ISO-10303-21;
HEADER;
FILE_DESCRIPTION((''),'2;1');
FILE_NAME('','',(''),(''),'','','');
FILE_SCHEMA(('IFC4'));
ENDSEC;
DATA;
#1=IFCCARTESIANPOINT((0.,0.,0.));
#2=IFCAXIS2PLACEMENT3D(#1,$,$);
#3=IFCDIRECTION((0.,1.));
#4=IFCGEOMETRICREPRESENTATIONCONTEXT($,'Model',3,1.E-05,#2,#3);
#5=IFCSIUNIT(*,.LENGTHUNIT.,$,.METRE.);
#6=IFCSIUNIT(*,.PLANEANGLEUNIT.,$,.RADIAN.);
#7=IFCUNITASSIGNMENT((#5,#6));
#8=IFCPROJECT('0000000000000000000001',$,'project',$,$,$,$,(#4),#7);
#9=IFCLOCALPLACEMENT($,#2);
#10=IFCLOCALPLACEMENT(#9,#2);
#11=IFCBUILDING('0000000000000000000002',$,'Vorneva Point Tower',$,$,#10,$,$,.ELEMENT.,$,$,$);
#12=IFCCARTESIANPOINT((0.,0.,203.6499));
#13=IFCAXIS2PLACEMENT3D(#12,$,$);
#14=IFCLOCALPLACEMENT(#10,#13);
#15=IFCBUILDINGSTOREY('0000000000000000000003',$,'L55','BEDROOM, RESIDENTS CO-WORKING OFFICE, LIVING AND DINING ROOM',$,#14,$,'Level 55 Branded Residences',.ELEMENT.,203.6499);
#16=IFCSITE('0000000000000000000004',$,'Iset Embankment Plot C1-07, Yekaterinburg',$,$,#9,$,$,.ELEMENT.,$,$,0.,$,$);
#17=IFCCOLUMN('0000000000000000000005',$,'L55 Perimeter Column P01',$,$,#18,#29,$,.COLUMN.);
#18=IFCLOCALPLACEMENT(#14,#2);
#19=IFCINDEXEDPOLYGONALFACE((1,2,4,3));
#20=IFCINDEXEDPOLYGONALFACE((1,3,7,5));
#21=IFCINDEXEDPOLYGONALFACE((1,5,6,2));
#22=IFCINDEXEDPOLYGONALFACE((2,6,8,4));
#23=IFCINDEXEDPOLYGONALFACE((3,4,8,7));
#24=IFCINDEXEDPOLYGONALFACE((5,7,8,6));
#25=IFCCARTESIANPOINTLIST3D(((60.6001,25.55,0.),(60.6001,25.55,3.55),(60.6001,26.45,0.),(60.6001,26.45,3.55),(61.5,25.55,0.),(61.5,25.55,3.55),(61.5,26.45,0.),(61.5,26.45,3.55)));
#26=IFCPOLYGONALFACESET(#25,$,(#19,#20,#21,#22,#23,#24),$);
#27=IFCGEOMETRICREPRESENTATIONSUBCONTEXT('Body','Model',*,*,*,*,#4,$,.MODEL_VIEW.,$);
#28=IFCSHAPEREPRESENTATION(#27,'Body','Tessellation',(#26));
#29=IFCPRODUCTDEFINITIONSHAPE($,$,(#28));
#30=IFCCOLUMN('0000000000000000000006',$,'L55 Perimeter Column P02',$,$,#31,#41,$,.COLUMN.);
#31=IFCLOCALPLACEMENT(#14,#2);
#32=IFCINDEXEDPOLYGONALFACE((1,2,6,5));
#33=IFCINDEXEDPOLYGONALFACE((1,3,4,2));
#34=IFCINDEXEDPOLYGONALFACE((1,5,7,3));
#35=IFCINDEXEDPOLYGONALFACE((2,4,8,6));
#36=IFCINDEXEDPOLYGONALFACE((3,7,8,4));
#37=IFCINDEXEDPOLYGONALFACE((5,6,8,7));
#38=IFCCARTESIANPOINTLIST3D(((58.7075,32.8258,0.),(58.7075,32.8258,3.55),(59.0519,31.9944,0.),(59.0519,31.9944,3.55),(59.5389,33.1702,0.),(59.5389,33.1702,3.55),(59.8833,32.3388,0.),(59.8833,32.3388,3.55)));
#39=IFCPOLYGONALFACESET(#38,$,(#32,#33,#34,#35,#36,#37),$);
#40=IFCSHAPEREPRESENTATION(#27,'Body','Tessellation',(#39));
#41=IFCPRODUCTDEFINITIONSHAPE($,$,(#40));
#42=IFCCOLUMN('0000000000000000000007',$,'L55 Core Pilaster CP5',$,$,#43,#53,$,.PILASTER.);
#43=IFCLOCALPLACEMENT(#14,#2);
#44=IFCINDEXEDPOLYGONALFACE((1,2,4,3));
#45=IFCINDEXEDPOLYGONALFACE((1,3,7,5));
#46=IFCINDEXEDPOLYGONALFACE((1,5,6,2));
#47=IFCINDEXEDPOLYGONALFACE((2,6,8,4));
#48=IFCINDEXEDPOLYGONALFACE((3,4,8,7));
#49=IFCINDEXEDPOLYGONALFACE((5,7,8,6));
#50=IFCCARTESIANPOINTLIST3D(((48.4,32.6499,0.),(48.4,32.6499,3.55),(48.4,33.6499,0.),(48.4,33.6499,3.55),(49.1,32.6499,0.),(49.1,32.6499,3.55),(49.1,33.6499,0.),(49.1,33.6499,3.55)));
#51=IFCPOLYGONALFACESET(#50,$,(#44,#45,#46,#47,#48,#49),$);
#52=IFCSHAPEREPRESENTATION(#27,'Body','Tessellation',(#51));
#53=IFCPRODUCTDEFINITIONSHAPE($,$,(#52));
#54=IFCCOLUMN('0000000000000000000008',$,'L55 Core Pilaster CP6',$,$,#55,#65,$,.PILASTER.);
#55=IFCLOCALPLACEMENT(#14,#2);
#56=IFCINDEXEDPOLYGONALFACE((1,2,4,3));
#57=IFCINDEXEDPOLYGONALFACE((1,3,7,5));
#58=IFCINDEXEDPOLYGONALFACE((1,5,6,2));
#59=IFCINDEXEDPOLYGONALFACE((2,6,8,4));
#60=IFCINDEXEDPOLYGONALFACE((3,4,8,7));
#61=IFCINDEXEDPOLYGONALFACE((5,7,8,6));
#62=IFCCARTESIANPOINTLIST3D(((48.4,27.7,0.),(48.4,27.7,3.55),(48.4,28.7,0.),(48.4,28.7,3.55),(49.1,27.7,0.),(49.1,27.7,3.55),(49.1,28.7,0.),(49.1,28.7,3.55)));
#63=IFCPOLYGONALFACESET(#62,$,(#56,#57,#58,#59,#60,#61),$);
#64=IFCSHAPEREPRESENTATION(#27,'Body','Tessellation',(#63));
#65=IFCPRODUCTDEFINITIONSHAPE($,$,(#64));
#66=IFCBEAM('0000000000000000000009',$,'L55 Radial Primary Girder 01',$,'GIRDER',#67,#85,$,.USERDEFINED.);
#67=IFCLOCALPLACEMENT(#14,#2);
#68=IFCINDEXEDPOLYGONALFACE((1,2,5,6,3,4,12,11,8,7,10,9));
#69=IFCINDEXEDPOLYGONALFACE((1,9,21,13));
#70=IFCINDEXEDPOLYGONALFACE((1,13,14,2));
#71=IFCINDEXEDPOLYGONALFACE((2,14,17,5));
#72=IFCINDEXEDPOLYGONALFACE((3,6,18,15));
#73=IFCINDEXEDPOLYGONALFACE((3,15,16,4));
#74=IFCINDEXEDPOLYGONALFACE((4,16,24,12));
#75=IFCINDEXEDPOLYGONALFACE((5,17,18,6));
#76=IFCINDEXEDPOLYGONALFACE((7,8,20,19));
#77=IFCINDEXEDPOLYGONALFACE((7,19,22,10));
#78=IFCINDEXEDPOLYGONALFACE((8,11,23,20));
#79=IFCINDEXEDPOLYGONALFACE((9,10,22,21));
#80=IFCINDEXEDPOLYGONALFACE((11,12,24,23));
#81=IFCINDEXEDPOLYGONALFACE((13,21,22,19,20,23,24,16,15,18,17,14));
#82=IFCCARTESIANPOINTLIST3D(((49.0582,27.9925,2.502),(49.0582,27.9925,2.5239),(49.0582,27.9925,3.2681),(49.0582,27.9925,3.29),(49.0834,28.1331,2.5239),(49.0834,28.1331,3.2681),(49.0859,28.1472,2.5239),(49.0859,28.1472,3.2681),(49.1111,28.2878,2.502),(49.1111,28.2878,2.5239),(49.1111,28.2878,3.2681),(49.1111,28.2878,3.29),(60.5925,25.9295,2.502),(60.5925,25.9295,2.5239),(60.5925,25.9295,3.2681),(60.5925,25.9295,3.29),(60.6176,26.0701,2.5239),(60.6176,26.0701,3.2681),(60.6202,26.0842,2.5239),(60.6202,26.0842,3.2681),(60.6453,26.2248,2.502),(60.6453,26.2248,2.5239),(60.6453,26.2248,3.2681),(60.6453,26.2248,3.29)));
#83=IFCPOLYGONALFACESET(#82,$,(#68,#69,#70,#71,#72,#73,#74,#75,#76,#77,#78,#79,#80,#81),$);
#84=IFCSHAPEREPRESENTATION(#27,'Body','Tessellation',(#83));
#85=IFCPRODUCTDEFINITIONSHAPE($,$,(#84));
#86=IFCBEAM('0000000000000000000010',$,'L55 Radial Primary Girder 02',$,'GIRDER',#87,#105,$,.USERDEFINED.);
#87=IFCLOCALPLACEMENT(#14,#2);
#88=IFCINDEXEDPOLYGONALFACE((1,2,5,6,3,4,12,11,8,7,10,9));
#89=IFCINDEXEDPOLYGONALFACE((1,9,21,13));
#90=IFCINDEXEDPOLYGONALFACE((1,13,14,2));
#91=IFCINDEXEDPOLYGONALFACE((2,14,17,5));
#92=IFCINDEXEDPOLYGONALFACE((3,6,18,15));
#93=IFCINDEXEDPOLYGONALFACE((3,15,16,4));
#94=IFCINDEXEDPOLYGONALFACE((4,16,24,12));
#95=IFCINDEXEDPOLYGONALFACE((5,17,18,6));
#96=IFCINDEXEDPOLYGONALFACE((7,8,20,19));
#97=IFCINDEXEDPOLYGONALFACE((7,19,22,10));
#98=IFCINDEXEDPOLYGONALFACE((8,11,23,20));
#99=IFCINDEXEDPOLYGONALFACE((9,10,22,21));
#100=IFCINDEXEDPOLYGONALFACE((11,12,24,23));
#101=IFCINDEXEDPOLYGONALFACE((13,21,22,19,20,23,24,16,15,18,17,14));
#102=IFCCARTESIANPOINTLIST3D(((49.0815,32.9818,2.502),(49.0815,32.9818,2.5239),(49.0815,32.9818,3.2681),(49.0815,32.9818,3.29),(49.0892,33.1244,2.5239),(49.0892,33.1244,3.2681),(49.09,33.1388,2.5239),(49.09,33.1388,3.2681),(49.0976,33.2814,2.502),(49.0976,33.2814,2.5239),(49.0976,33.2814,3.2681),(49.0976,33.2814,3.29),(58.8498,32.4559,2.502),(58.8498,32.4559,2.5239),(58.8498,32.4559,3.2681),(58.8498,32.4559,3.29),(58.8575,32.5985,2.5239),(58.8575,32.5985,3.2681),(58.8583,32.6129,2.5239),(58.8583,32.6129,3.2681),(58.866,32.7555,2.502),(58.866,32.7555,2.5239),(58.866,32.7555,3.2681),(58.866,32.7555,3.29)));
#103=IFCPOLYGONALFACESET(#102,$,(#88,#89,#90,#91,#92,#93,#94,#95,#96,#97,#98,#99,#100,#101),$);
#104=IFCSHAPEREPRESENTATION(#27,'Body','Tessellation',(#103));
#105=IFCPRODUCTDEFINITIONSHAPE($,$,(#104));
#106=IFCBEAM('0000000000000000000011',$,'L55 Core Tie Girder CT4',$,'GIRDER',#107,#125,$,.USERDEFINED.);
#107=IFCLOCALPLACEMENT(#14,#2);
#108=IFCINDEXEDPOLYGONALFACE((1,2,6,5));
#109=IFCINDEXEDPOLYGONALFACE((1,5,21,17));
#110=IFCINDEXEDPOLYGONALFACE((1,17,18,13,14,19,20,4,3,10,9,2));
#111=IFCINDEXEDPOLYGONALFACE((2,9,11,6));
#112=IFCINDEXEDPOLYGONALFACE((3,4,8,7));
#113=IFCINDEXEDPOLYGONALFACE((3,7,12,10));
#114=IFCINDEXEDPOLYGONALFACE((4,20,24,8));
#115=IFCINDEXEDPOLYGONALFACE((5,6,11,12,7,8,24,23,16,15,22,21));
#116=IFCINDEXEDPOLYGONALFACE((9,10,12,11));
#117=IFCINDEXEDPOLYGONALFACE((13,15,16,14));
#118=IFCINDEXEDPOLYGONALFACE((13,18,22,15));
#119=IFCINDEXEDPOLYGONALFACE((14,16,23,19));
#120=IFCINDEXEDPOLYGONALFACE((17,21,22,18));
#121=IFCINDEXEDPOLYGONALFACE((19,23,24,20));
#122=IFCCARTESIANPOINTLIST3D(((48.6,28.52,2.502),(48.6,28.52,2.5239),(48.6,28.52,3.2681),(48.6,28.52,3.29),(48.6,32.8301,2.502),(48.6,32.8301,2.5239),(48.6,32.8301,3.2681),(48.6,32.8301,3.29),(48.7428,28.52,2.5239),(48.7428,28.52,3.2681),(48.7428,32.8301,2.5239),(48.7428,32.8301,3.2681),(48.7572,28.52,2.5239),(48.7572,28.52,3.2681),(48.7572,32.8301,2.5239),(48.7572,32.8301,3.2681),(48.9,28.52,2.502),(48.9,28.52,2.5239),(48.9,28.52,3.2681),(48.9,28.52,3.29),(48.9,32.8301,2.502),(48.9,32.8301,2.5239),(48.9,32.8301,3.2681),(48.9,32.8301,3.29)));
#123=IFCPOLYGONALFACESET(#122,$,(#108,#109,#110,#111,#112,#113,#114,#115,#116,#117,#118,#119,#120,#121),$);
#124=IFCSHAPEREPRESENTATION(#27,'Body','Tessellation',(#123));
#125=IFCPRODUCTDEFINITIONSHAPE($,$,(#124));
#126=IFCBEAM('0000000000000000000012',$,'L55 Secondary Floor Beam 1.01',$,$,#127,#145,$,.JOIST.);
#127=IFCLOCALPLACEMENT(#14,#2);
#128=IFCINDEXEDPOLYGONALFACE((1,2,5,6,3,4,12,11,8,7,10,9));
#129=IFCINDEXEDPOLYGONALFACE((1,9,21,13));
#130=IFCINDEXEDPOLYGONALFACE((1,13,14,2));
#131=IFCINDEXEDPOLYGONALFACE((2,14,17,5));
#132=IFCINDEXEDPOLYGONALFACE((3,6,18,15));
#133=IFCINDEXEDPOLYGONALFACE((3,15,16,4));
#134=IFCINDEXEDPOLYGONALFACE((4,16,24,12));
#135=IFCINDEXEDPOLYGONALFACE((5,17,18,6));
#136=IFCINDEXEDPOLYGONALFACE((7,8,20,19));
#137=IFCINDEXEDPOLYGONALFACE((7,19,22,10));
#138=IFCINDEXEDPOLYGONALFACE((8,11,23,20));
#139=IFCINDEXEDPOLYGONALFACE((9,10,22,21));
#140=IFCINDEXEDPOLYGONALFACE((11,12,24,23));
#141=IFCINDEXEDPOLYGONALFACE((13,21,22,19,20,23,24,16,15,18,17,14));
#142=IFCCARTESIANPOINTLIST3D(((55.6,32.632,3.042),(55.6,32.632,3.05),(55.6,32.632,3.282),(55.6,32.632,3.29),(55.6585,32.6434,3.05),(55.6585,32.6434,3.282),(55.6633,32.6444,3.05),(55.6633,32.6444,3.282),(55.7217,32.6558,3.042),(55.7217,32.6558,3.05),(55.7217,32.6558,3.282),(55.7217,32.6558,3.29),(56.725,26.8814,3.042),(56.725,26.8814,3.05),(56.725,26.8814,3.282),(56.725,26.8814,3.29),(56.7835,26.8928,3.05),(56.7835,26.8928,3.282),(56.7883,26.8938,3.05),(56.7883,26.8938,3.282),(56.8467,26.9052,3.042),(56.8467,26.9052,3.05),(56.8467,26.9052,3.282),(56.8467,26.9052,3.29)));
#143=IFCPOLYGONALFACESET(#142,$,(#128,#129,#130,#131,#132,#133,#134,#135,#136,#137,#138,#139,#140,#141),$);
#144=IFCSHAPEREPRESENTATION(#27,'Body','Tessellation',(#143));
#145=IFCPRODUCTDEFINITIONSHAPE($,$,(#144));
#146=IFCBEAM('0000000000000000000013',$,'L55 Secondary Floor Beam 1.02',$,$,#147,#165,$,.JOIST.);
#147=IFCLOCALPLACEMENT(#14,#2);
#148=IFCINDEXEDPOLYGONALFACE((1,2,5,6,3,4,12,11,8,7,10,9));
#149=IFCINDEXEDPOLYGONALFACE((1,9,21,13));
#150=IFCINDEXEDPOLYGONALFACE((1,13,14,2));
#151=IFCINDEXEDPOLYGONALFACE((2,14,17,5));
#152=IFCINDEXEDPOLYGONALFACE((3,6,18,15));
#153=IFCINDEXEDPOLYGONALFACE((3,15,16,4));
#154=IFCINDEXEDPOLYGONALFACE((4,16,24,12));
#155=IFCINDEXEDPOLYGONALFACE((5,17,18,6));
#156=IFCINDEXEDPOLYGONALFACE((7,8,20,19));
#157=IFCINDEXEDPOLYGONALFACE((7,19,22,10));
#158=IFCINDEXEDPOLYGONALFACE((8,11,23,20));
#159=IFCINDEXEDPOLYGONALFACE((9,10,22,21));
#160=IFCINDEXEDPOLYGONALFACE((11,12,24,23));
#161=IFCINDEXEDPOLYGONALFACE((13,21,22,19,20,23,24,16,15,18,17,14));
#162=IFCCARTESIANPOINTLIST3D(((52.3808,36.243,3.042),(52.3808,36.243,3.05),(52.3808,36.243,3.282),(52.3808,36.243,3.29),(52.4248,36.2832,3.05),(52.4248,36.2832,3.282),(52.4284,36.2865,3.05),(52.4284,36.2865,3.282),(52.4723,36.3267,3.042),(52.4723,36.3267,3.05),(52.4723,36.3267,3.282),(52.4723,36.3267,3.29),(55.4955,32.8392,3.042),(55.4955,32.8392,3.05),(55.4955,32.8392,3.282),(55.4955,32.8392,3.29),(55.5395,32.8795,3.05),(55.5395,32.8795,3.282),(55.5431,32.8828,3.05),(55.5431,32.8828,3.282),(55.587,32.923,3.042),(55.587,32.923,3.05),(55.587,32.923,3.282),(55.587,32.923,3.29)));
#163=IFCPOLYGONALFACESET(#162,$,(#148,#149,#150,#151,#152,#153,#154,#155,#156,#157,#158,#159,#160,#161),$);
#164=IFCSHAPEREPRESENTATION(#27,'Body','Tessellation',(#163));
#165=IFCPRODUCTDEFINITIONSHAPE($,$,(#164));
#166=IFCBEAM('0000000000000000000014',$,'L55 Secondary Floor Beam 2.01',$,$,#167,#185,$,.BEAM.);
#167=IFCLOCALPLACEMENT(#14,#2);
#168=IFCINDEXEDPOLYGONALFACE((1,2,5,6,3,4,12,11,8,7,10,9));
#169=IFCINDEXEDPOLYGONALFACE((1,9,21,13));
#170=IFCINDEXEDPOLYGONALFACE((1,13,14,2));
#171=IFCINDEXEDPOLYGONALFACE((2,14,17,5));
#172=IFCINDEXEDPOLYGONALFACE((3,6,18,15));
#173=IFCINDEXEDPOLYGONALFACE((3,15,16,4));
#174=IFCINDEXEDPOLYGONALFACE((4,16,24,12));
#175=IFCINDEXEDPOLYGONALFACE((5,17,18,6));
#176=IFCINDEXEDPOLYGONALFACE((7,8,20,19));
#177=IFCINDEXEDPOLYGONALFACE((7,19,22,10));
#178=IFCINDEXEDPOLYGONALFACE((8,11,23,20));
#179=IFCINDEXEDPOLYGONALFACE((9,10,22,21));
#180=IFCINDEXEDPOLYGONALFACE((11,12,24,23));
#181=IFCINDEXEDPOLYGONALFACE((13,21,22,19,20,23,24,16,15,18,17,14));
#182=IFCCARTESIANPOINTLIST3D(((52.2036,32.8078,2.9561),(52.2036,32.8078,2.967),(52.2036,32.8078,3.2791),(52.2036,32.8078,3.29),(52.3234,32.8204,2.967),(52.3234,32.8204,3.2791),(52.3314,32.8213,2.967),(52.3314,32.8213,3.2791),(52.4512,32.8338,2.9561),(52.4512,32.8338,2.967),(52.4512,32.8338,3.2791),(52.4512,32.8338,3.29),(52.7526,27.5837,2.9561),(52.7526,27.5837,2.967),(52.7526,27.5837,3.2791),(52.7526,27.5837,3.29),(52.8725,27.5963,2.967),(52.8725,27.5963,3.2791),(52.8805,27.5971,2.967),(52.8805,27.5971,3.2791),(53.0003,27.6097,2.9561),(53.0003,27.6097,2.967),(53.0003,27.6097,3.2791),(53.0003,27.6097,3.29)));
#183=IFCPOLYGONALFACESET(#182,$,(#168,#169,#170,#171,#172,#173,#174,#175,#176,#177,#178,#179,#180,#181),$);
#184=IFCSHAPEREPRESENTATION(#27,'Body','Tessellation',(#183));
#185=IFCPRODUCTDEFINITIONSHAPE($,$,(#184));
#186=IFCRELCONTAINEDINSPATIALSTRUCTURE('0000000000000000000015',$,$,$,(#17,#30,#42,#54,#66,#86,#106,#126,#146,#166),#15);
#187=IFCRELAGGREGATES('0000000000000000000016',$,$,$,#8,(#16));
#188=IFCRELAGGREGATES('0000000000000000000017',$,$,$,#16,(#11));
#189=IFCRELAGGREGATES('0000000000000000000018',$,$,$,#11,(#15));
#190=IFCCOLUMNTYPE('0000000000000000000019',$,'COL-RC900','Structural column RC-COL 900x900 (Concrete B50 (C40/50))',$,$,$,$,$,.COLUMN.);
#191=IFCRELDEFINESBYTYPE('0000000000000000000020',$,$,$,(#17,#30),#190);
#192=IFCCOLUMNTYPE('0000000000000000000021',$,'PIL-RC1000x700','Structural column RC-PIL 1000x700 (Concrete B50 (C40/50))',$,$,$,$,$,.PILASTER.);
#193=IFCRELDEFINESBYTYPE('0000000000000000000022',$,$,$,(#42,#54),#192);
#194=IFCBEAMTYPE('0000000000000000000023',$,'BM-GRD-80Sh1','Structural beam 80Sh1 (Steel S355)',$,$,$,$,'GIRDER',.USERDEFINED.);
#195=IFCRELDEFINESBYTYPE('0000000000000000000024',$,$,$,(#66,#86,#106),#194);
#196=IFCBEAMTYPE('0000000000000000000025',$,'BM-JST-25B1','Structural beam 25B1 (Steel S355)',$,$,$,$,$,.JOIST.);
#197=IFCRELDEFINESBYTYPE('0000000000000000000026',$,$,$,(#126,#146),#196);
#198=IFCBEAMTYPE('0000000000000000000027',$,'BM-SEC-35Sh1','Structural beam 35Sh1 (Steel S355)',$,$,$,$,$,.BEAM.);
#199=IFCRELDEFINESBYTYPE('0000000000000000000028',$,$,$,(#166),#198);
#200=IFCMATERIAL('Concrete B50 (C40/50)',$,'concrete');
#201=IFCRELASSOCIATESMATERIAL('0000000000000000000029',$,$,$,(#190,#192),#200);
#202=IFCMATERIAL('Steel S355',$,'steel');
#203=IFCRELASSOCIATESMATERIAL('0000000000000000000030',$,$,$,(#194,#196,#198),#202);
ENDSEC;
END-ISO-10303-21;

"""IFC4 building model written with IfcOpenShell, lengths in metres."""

from ifc_helpers import new_model, si_unit, direction, frame, origin, origin_2d, place, context, subcontext, project, spatial, rectangle, i_section, extrude, material, material_profile, profile_set, type_object, element, save


model = new_model("IFC4")

# Units and contexts
model_context = context("Model", 3, precision=1e-05, world=origin(), true_north=direction((0.0, 1.0)))
body_context = subcontext(model_context, "Body", "Model", "MODEL_VIEW")
ifc_project = project(units=[si_unit("LENGTHUNIT", "METRE"), si_unit("PLANEANGLEUNIT", "RADIAN")], contexts=[model_context])

# Site, building, storey
site_placement = place(None, origin())
site = spatial("IfcSite", under=ifc_project, at=site_placement, Name="Iset Embankment Plot C1-07, Yekaterinburg", CompositionType="ELEMENT", RefElevation=0.0)
building_placement = place(site_placement, origin())
building = spatial("IfcBuilding", under=site, at=building_placement, Name="Vorneva Point Tower", CompositionType="ELEMENT")
storey_placement = place(building_placement, frame((0.0, 0.0, 203.6499)))
storey = spatial("IfcBuildingStorey", under=building, at=storey_placement, Name="L55", Description="BEDROOM, RESIDENTS CO-WORKING OFFICE, LIVING AND DINING ROOM", LongName="Level 55 Branded Residences", CompositionType="ELEMENT", Elevation=203.6499)

# Columns
ifc_material_1 = material(Name="Concrete B50 (C40/50)", Category="concrete")
ifc_material_profile_1 = material_profile(ifc_material_1, rectangle(XDim=0.8999, YDim=0.8999, at=origin_2d()), Name="RC-COL 900x900")
ifc_profile_set_1 = profile_set([ifc_material_profile_1], Name="Concrete B50 (C40/50)")
column_type_1 = type_object("IfcColumnType", Name="COL-RC900", Description="Structural column RC-COL 900x900 (Concrete B50 (C40/50))", PredefinedType="COLUMN", material=ifc_profile_set_1)
for number, where, z_axis, x_axis, name in (
    (1, (61.05, 26.0, 0.0), (0.0, 0.0, 1.0), (1.0, 0.0, 0.0), "L55 Perimeter Column P01"),
    (2, (59.2954, 32.5823, 0.0), (0.0, 0.0, 1.0), (0.92388, 0.382683, 0.0), "L55 Perimeter Column P02"),
):
    element("IfcColumn", number, at=place(storey_placement, frame(where, z_axis=z_axis, x_axis=x_axis)), inside=storey, type_object=column_type_1, Name=name, PredefinedType="COLUMN", context=body_context, shape_type="SweptSolid", body=[
        extrude(rectangle(XDim=0.8999, YDim=0.8999, at=origin_2d()), origin(), (0.0, 0.0, 1.0), 3.55),
    ])
ifc_material_profile_2 = material_profile(ifc_material_1, rectangle(XDim=0.7, YDim=1.0, at=origin_2d()), Name="RC-PIL 1000x700")
ifc_profile_set_2 = profile_set([ifc_material_profile_2], Name="Concrete B50 (C40/50)")
column_type_2 = type_object("IfcColumnType", Name="PIL-RC1000x700", Description="Structural column RC-PIL 1000x700 (Concrete B50 (C40/50))", PredefinedType="PILASTER", material=ifc_profile_set_2)
for number, where, z_axis, x_axis, name in (
    (3, (48.75, 33.1499, 0.0), (0.0, 0.0, 1.0), (1.0, 0.0, 0.0), "L55 Core Pilaster CP5"),
    (4, (48.75, 28.2, 0.0), (0.0, 0.0, 1.0), (1.0, 0.0, 0.0), "L55 Core Pilaster CP6"),
):
    element("IfcColumn", number, at=place(storey_placement, frame(where, z_axis=z_axis, x_axis=x_axis)), inside=storey, type_object=column_type_2, Name=name, PredefinedType="PILASTER", context=body_context, shape_type="SweptSolid", body=[
        extrude(rectangle(XDim=0.7, YDim=1.0, at=origin_2d()), origin(), (0.0, 0.0, 1.0), 3.55),
    ])

# Beams
ifc_material_2 = material(Name="Steel S355", Category="steel")
ifc_material_profile_3 = material_profile(ifc_material_2, i_section(OverallWidth=0.3, OverallDepth=0.7881, WebThickness=0.0144, FlangeThickness=0.022, at=origin_2d()), Name="80Sh1")
ifc_profile_set_3 = profile_set([ifc_material_profile_3], Name="Steel S355")
beam_type_1 = type_object("IfcBeamType", Name="BM-GRD-80Sh1", Description="Structural beam 80Sh1 (Steel S355)", ElementType="GIRDER", PredefinedType="USERDEFINED", material=ifc_profile_set_3)
beam_1_placement = place(storey_placement, frame((60.6189, 26.0771, 2.896), z_axis=(-0.984379, 0.176065, 0.0), x_axis=(-0.176065, -0.984379, 0.0)))
element("IfcBeam", 5, at=beam_1_placement, inside=storey, type_object=beam_type_1, Name="L55 Radial Primary Girder 01", ObjectType="GIRDER", PredefinedType="USERDEFINED", context=body_context, shape_type="SweptSolid", body=[
    extrude(i_section(OverallWidth=0.3, OverallDepth=0.7881, WebThickness=0.0144, FlangeThickness=0.022, at=origin_2d()), origin(), (0.0, 0.0, 1.0), 11.7173),
])
beam_2_placement = place(storey_placement, frame((58.8579, 32.6057, 2.896), z_axis=(-0.998554, 0.053757, 0.0), x_axis=(-0.053757, -0.998554, 0.0)))
element("IfcBeam", 6, at=beam_2_placement, inside=storey, type_object=beam_type_1, Name="L55 Radial Primary Girder 02", ObjectType="GIRDER", PredefinedType="USERDEFINED", context=body_context, shape_type="SweptSolid", body=[
    extrude(i_section(OverallWidth=0.3, OverallDepth=0.7881, WebThickness=0.0144, FlangeThickness=0.022, at=origin_2d()), origin(), (0.0, 0.0, 1.0), 9.7825),
])
beam_3_placement = place(storey_placement, frame((48.75, 28.52, 2.896), z_axis=(0.0, 1.0, 0.0), x_axis=(-1.0, 0.0, 0.0)))
element("IfcBeam", 7, at=beam_3_placement, inside=storey, type_object=beam_type_1, Name="L55 Core Tie Girder CT4", ObjectType="GIRDER", PredefinedType="USERDEFINED", context=body_context, shape_type="SweptSolid", body=[
    extrude(i_section(OverallWidth=0.3, OverallDepth=0.7881, WebThickness=0.0144, FlangeThickness=0.022, at=origin_2d()), origin(), (0.0, 0.0, 1.0), 4.3101),
])
ifc_material_profile_4 = material_profile(ifc_material_2, i_section(OverallWidth=0.124, OverallDepth=0.248, WebThickness=0.0049, FlangeThickness=0.0081, at=origin_2d()), Name="25B1")
ifc_profile_set_4 = profile_set([ifc_material_profile_4], Name="Steel S355")
beam_type_2 = type_object("IfcBeamType", Name="BM-JST-25B1", Description="Structural beam 25B1 (Steel S355)", PredefinedType="JOIST", material=ifc_profile_set_4)
beam_4_placement = place(storey_placement, frame((56.7859, 26.8933, 3.166), z_axis=(-0.191996, 0.981396, 0.0), x_axis=(-0.981396, -0.191996, 0.0)))
element("IfcBeam", 8, at=beam_4_placement, inside=storey, type_object=beam_type_2, Name="L55 Secondary Floor Beam 1.01", PredefinedType="JOIST", context=body_context, shape_type="SweptSolid", body=[
    extrude(i_section(OverallWidth=0.124, OverallDepth=0.248, WebThickness=0.0049, FlangeThickness=0.0081, at=origin_2d()), origin(), (0.0, 0.0, 1.0), 5.8596),
])
beam_5_placement = place(storey_placement, frame((55.5413, 32.8811, 3.166), z_axis=(-0.675087, 0.737738, 0.0), x_axis=(-0.737738, -0.675087, 0.0)))
element("IfcBeam", 9, at=beam_5_placement, inside=storey, type_object=beam_type_2, Name="L55 Secondary Floor Beam 1.02", PredefinedType="JOIST", context=body_context, shape_type="SweptSolid", body=[
    extrude(i_section(OverallWidth=0.124, OverallDepth=0.248, WebThickness=0.0049, FlangeThickness=0.0081, at=origin_2d()), origin(), (0.0, 0.0, 1.0), 4.6138),
])
ifc_material_profile_5 = material_profile(ifc_material_2, i_section(OverallWidth=0.249, OverallDepth=0.334, WebThickness=0.0081, FlangeThickness=0.011, at=origin_2d()), Name="35Sh1")
ifc_profile_set_5 = profile_set([ifc_material_profile_5], Name="Steel S355")
beam_type_3 = type_object("IfcBeamType", Name="BM-SEC-35Sh1", Description="Structural beam 35Sh1 (Steel S355)", PredefinedType="BEAM", material=ifc_profile_set_5)
beam_6_placement = place(storey_placement, frame((52.8765, 27.5967, 3.123), z_axis=(-0.104528, 0.994522, 0.0), x_axis=(-0.994522, -0.104528, 0.0)))
element("IfcBeam", 10, at=beam_6_placement, inside=storey, type_object=beam_type_3, Name="L55 Secondary Floor Beam 2.01", PredefinedType="BEAM", context=body_context, shape_type="SweptSolid", body=[
    extrude(i_section(OverallWidth=0.249, OverallDepth=0.334, WebThickness=0.0081, FlangeThickness=0.011, at=origin_2d()), origin(), (0.0, 0.0, 1.0), 5.2529),
])

save(model, "model.ifc")
